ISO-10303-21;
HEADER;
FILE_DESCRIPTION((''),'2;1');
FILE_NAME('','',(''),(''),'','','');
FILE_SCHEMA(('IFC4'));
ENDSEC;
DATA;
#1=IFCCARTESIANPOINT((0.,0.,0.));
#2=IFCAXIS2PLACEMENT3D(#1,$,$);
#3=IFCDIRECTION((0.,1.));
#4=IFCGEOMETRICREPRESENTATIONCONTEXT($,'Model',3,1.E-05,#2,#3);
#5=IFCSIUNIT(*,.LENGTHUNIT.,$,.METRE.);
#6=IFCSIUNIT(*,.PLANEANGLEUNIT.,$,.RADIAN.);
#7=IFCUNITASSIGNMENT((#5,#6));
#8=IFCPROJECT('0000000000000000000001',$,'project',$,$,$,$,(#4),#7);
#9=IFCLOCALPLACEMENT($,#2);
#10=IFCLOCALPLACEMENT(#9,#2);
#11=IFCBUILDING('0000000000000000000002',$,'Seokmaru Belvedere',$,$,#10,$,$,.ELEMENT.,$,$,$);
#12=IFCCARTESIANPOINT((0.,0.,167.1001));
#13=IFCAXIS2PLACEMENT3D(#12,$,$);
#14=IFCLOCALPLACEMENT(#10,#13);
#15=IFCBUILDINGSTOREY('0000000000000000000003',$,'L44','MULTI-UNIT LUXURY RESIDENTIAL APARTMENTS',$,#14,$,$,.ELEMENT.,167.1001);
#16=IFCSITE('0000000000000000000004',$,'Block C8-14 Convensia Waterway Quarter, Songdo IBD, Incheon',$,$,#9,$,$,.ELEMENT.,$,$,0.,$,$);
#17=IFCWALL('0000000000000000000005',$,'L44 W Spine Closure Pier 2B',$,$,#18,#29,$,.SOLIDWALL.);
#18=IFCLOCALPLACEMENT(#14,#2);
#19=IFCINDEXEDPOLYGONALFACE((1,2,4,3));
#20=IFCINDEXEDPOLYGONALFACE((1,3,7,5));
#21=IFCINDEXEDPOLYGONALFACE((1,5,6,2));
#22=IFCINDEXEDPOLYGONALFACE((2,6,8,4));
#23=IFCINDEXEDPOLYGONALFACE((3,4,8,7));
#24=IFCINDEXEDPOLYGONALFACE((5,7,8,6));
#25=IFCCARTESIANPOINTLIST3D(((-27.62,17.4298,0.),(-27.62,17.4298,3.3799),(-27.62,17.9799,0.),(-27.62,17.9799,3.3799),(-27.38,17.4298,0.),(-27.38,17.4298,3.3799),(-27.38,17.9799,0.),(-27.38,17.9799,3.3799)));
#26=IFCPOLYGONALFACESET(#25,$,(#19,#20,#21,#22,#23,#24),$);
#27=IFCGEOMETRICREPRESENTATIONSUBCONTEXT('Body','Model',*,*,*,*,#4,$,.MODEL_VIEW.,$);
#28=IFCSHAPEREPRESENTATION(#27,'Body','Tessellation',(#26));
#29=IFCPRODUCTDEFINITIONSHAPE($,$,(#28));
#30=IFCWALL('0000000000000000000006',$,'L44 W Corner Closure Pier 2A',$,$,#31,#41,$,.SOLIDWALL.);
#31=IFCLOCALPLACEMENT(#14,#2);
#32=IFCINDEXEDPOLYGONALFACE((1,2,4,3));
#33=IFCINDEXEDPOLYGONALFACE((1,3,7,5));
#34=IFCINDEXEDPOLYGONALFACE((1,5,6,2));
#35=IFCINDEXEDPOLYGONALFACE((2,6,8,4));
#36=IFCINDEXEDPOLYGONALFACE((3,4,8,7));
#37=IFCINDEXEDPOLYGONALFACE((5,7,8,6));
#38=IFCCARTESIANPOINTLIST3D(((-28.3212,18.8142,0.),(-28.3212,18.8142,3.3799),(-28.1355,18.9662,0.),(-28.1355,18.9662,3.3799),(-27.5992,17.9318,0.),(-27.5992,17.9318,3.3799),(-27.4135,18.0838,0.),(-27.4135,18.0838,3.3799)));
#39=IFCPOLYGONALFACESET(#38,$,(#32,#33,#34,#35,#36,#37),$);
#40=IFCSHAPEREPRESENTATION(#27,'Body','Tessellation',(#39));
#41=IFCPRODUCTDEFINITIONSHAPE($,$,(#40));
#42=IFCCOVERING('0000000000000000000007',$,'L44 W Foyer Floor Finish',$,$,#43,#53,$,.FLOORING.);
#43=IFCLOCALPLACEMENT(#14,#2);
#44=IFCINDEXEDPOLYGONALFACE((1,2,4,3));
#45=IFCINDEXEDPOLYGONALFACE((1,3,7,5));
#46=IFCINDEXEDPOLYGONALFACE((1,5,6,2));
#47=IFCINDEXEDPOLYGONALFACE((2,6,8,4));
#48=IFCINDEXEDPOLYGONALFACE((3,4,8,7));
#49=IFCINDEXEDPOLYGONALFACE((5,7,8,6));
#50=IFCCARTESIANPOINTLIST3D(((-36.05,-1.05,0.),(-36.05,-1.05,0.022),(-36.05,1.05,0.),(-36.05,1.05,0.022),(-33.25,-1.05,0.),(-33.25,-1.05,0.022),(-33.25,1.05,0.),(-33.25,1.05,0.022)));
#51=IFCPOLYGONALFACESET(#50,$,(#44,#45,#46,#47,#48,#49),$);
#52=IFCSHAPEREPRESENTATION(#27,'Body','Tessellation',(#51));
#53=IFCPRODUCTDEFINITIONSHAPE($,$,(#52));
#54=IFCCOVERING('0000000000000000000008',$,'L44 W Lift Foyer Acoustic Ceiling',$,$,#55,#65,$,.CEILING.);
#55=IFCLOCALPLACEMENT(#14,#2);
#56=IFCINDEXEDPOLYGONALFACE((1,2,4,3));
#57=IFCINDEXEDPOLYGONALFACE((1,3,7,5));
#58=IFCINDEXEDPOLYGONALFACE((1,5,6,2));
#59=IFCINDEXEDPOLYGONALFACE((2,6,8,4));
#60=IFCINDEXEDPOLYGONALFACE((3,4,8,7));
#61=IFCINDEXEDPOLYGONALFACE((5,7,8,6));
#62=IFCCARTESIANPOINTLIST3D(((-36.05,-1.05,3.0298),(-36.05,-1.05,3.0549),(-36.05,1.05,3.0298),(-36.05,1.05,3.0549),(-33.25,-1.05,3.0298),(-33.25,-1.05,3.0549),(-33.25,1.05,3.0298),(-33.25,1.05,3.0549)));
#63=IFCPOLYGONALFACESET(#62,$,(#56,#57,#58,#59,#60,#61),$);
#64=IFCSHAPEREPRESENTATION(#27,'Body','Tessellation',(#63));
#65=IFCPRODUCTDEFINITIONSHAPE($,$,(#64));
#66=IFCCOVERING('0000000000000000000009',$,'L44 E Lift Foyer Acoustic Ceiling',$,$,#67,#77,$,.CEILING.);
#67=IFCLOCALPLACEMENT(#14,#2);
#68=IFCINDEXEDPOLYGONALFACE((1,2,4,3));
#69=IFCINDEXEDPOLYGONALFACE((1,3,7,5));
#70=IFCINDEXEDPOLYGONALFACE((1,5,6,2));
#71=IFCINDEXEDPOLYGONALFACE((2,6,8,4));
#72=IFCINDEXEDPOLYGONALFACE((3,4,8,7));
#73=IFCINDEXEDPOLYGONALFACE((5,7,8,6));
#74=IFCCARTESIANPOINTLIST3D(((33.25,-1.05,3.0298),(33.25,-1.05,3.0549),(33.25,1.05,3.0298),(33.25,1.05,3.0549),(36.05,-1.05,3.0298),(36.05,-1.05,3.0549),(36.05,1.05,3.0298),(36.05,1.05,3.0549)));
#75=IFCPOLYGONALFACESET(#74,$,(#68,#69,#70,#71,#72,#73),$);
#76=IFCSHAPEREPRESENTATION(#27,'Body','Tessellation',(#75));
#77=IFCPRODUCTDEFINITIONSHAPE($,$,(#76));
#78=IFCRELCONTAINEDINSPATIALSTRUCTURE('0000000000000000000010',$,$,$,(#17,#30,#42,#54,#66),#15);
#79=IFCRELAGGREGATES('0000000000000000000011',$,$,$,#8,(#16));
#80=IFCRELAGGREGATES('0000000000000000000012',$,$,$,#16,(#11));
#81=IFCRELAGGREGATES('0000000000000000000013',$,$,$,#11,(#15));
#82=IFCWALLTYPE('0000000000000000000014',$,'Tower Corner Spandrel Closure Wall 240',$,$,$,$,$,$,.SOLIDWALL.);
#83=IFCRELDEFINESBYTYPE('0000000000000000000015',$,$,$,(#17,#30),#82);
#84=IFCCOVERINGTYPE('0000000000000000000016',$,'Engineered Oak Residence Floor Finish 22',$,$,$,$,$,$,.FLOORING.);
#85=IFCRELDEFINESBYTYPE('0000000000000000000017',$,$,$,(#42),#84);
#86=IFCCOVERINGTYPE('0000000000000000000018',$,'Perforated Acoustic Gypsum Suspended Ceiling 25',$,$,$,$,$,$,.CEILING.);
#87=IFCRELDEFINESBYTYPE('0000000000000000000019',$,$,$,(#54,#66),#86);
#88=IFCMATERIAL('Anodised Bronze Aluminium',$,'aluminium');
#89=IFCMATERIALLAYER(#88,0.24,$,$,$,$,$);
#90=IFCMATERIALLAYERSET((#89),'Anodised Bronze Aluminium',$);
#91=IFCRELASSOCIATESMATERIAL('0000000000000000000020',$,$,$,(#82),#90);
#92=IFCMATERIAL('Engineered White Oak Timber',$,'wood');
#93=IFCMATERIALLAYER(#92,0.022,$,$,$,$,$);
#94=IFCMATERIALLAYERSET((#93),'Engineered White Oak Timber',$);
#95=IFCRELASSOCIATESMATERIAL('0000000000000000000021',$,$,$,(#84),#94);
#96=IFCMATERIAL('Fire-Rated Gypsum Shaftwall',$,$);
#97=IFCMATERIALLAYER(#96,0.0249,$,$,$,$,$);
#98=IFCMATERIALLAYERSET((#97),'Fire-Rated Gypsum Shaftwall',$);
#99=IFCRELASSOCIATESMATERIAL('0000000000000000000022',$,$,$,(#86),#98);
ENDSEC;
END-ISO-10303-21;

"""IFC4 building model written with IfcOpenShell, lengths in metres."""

from ifc_helpers import new_model, si_unit, direction, frame, frame_2d, origin, place, context, subcontext, project, spatial, polyline, rectangle, outline, extrude, material, layer, layer_set, type_object, element, save


model = new_model("IFC4")

# Units and contexts
model_context = context("Model", 3, precision=1e-05, world=origin(), true_north=direction((0.0, 1.0)))
body_context = subcontext(model_context, "Body", "Model", "MODEL_VIEW")
ifc_project = project(units=[si_unit("LENGTHUNIT", "METRE"), si_unit("PLANEANGLEUNIT", "RADIAN")], contexts=[model_context])

# Site, building, storey
site_placement = place(None, origin())
site = spatial("IfcSite", under=ifc_project, at=site_placement, Name="Block C8-14 Convensia Waterway Quarter, Songdo IBD, Incheon", CompositionType="ELEMENT", RefElevation=0.0)
building_placement = place(site_placement, origin())
building = spatial("IfcBuilding", under=site, at=building_placement, Name="Seokmaru Belvedere", CompositionType="ELEMENT")
storey_placement = place(building_placement, frame((0.0, 0.0, 167.1001)))
storey = spatial("IfcBuildingStorey", under=building, at=storey_placement, Name="L44", Description="MULTI-UNIT LUXURY RESIDENTIAL APARTMENTS", CompositionType="ELEMENT", Elevation=167.1001)

# Shared definitions
ifc_material_1 = material(Name="Anodised Bronze Aluminium", Category="aluminium")

# Walls
ifc_layer_1 = layer(ifc_material_1, 0.24)
ifc_layer_set_1 = layer_set([ifc_layer_1], Name="Anodised Bronze Aluminium")
wall_type_1 = type_object("IfcWallType", Name="Tower Corner Spandrel Closure Wall 240", PredefinedType="SOLIDWALL", material=ifc_layer_set_1)
wall_1_placement = place(storey_placement, frame((-27.5, 17.4299, 0.0), z_axis=(0.0, 0.0, 1.0), x_axis=(0.0, 1.0, 0.0)))
element("IfcWall", 1, at=wall_1_placement, inside=storey, type_object=wall_type_1, Name="L44 W Spine Closure Pier 2B", PredefinedType="SOLIDWALL", context=body_context, shape_type="SweptSolid", body=[
    extrude(rectangle(XDim=0.55, YDim=0.24, at=frame_2d((0.2749, 0.0))), origin(), (0.0, 0.0, 1.0), 3.3799),
])
wall_2_placement = place(storey_placement, frame((-27.5063, 18.0078, 0.0), z_axis=(0.0, 0.0, 1.0), x_axis=(-0.633249, 0.773948, 0.0)))
element("IfcWall", 2, at=wall_2_placement, inside=storey, type_object=wall_type_1, Name="L44 W Corner Closure Pier 2A", PredefinedType="SOLIDWALL", context=body_context, shape_type="SweptSolid", body=[
    extrude(rectangle(XDim=1.1401, YDim=0.24, at=frame_2d((0.5701, 0.0))), origin(), (0.0, 0.0, 1.0), 3.3799),
])

# Coverings
ifc_material_2 = material(Name="Engineered White Oak Timber", Category="wood")
ifc_layer_2 = layer(ifc_material_2, 0.022)
ifc_layer_set_2 = layer_set([ifc_layer_2], Name="Engineered White Oak Timber")
covering_type_1 = type_object("IfcCoveringType", Name="Engineered Oak Residence Floor Finish 22", PredefinedType="FLOORING", material=ifc_layer_set_2)
covering_1_placement = place(storey_placement, origin())
element("IfcCovering", 3, at=covering_1_placement, inside=storey, type_object=covering_type_1, Name="L44 W Foyer Floor Finish", PredefinedType="FLOORING", context=body_context, shape_type="SweptSolid", body=[
    extrude(outline(polyline([(-36.05, -1.05), (-33.25, -1.05), (-33.25, 1.05), (-36.05, 1.05), (-36.05, -1.05)])), origin(), (0.0, 0.0, 1.0), 0.022),
])
ifc_material_3 = material(Name="Fire-Rated Gypsum Shaftwall")
ifc_layer_3 = layer(ifc_material_3, 0.0249)
ifc_layer_set_3 = layer_set([ifc_layer_3], Name="Fire-Rated Gypsum Shaftwall")
covering_type_2 = type_object("IfcCoveringType", Name="Perforated Acoustic Gypsum Suspended Ceiling 25", PredefinedType="CEILING", material=ifc_layer_set_3)
covering_2_placement = place(storey_placement, frame((0.0, 0.0, 3.0298)))
element("IfcCovering", 4, at=covering_2_placement, inside=storey, type_object=covering_type_2, Name="L44 W Lift Foyer Acoustic Ceiling", PredefinedType="CEILING", context=body_context, shape_type="SweptSolid", body=[
    extrude(outline(polyline([(-36.05, -1.05), (-33.25, -1.05), (-33.25, 1.05), (-36.05, 1.05), (-36.05, -1.05)])), origin(), (0.0, 0.0, 1.0), 0.0251),
])
covering_3_placement = place(storey_placement, frame((0.0, 0.0, 3.0298)))
element("IfcCovering", 5, at=covering_3_placement, inside=storey, type_object=covering_type_2, Name="L44 E Lift Foyer Acoustic Ceiling", PredefinedType="CEILING", context=body_context, shape_type="SweptSolid", body=[
    extrude(outline(polyline([(33.25, -1.05), (36.05, -1.05), (36.05, 1.05), (33.25, 1.05), (33.25, -1.05)])), origin(), (0.0, 0.0, 1.0), 0.0251),
])

save(model, "model.ifc")
